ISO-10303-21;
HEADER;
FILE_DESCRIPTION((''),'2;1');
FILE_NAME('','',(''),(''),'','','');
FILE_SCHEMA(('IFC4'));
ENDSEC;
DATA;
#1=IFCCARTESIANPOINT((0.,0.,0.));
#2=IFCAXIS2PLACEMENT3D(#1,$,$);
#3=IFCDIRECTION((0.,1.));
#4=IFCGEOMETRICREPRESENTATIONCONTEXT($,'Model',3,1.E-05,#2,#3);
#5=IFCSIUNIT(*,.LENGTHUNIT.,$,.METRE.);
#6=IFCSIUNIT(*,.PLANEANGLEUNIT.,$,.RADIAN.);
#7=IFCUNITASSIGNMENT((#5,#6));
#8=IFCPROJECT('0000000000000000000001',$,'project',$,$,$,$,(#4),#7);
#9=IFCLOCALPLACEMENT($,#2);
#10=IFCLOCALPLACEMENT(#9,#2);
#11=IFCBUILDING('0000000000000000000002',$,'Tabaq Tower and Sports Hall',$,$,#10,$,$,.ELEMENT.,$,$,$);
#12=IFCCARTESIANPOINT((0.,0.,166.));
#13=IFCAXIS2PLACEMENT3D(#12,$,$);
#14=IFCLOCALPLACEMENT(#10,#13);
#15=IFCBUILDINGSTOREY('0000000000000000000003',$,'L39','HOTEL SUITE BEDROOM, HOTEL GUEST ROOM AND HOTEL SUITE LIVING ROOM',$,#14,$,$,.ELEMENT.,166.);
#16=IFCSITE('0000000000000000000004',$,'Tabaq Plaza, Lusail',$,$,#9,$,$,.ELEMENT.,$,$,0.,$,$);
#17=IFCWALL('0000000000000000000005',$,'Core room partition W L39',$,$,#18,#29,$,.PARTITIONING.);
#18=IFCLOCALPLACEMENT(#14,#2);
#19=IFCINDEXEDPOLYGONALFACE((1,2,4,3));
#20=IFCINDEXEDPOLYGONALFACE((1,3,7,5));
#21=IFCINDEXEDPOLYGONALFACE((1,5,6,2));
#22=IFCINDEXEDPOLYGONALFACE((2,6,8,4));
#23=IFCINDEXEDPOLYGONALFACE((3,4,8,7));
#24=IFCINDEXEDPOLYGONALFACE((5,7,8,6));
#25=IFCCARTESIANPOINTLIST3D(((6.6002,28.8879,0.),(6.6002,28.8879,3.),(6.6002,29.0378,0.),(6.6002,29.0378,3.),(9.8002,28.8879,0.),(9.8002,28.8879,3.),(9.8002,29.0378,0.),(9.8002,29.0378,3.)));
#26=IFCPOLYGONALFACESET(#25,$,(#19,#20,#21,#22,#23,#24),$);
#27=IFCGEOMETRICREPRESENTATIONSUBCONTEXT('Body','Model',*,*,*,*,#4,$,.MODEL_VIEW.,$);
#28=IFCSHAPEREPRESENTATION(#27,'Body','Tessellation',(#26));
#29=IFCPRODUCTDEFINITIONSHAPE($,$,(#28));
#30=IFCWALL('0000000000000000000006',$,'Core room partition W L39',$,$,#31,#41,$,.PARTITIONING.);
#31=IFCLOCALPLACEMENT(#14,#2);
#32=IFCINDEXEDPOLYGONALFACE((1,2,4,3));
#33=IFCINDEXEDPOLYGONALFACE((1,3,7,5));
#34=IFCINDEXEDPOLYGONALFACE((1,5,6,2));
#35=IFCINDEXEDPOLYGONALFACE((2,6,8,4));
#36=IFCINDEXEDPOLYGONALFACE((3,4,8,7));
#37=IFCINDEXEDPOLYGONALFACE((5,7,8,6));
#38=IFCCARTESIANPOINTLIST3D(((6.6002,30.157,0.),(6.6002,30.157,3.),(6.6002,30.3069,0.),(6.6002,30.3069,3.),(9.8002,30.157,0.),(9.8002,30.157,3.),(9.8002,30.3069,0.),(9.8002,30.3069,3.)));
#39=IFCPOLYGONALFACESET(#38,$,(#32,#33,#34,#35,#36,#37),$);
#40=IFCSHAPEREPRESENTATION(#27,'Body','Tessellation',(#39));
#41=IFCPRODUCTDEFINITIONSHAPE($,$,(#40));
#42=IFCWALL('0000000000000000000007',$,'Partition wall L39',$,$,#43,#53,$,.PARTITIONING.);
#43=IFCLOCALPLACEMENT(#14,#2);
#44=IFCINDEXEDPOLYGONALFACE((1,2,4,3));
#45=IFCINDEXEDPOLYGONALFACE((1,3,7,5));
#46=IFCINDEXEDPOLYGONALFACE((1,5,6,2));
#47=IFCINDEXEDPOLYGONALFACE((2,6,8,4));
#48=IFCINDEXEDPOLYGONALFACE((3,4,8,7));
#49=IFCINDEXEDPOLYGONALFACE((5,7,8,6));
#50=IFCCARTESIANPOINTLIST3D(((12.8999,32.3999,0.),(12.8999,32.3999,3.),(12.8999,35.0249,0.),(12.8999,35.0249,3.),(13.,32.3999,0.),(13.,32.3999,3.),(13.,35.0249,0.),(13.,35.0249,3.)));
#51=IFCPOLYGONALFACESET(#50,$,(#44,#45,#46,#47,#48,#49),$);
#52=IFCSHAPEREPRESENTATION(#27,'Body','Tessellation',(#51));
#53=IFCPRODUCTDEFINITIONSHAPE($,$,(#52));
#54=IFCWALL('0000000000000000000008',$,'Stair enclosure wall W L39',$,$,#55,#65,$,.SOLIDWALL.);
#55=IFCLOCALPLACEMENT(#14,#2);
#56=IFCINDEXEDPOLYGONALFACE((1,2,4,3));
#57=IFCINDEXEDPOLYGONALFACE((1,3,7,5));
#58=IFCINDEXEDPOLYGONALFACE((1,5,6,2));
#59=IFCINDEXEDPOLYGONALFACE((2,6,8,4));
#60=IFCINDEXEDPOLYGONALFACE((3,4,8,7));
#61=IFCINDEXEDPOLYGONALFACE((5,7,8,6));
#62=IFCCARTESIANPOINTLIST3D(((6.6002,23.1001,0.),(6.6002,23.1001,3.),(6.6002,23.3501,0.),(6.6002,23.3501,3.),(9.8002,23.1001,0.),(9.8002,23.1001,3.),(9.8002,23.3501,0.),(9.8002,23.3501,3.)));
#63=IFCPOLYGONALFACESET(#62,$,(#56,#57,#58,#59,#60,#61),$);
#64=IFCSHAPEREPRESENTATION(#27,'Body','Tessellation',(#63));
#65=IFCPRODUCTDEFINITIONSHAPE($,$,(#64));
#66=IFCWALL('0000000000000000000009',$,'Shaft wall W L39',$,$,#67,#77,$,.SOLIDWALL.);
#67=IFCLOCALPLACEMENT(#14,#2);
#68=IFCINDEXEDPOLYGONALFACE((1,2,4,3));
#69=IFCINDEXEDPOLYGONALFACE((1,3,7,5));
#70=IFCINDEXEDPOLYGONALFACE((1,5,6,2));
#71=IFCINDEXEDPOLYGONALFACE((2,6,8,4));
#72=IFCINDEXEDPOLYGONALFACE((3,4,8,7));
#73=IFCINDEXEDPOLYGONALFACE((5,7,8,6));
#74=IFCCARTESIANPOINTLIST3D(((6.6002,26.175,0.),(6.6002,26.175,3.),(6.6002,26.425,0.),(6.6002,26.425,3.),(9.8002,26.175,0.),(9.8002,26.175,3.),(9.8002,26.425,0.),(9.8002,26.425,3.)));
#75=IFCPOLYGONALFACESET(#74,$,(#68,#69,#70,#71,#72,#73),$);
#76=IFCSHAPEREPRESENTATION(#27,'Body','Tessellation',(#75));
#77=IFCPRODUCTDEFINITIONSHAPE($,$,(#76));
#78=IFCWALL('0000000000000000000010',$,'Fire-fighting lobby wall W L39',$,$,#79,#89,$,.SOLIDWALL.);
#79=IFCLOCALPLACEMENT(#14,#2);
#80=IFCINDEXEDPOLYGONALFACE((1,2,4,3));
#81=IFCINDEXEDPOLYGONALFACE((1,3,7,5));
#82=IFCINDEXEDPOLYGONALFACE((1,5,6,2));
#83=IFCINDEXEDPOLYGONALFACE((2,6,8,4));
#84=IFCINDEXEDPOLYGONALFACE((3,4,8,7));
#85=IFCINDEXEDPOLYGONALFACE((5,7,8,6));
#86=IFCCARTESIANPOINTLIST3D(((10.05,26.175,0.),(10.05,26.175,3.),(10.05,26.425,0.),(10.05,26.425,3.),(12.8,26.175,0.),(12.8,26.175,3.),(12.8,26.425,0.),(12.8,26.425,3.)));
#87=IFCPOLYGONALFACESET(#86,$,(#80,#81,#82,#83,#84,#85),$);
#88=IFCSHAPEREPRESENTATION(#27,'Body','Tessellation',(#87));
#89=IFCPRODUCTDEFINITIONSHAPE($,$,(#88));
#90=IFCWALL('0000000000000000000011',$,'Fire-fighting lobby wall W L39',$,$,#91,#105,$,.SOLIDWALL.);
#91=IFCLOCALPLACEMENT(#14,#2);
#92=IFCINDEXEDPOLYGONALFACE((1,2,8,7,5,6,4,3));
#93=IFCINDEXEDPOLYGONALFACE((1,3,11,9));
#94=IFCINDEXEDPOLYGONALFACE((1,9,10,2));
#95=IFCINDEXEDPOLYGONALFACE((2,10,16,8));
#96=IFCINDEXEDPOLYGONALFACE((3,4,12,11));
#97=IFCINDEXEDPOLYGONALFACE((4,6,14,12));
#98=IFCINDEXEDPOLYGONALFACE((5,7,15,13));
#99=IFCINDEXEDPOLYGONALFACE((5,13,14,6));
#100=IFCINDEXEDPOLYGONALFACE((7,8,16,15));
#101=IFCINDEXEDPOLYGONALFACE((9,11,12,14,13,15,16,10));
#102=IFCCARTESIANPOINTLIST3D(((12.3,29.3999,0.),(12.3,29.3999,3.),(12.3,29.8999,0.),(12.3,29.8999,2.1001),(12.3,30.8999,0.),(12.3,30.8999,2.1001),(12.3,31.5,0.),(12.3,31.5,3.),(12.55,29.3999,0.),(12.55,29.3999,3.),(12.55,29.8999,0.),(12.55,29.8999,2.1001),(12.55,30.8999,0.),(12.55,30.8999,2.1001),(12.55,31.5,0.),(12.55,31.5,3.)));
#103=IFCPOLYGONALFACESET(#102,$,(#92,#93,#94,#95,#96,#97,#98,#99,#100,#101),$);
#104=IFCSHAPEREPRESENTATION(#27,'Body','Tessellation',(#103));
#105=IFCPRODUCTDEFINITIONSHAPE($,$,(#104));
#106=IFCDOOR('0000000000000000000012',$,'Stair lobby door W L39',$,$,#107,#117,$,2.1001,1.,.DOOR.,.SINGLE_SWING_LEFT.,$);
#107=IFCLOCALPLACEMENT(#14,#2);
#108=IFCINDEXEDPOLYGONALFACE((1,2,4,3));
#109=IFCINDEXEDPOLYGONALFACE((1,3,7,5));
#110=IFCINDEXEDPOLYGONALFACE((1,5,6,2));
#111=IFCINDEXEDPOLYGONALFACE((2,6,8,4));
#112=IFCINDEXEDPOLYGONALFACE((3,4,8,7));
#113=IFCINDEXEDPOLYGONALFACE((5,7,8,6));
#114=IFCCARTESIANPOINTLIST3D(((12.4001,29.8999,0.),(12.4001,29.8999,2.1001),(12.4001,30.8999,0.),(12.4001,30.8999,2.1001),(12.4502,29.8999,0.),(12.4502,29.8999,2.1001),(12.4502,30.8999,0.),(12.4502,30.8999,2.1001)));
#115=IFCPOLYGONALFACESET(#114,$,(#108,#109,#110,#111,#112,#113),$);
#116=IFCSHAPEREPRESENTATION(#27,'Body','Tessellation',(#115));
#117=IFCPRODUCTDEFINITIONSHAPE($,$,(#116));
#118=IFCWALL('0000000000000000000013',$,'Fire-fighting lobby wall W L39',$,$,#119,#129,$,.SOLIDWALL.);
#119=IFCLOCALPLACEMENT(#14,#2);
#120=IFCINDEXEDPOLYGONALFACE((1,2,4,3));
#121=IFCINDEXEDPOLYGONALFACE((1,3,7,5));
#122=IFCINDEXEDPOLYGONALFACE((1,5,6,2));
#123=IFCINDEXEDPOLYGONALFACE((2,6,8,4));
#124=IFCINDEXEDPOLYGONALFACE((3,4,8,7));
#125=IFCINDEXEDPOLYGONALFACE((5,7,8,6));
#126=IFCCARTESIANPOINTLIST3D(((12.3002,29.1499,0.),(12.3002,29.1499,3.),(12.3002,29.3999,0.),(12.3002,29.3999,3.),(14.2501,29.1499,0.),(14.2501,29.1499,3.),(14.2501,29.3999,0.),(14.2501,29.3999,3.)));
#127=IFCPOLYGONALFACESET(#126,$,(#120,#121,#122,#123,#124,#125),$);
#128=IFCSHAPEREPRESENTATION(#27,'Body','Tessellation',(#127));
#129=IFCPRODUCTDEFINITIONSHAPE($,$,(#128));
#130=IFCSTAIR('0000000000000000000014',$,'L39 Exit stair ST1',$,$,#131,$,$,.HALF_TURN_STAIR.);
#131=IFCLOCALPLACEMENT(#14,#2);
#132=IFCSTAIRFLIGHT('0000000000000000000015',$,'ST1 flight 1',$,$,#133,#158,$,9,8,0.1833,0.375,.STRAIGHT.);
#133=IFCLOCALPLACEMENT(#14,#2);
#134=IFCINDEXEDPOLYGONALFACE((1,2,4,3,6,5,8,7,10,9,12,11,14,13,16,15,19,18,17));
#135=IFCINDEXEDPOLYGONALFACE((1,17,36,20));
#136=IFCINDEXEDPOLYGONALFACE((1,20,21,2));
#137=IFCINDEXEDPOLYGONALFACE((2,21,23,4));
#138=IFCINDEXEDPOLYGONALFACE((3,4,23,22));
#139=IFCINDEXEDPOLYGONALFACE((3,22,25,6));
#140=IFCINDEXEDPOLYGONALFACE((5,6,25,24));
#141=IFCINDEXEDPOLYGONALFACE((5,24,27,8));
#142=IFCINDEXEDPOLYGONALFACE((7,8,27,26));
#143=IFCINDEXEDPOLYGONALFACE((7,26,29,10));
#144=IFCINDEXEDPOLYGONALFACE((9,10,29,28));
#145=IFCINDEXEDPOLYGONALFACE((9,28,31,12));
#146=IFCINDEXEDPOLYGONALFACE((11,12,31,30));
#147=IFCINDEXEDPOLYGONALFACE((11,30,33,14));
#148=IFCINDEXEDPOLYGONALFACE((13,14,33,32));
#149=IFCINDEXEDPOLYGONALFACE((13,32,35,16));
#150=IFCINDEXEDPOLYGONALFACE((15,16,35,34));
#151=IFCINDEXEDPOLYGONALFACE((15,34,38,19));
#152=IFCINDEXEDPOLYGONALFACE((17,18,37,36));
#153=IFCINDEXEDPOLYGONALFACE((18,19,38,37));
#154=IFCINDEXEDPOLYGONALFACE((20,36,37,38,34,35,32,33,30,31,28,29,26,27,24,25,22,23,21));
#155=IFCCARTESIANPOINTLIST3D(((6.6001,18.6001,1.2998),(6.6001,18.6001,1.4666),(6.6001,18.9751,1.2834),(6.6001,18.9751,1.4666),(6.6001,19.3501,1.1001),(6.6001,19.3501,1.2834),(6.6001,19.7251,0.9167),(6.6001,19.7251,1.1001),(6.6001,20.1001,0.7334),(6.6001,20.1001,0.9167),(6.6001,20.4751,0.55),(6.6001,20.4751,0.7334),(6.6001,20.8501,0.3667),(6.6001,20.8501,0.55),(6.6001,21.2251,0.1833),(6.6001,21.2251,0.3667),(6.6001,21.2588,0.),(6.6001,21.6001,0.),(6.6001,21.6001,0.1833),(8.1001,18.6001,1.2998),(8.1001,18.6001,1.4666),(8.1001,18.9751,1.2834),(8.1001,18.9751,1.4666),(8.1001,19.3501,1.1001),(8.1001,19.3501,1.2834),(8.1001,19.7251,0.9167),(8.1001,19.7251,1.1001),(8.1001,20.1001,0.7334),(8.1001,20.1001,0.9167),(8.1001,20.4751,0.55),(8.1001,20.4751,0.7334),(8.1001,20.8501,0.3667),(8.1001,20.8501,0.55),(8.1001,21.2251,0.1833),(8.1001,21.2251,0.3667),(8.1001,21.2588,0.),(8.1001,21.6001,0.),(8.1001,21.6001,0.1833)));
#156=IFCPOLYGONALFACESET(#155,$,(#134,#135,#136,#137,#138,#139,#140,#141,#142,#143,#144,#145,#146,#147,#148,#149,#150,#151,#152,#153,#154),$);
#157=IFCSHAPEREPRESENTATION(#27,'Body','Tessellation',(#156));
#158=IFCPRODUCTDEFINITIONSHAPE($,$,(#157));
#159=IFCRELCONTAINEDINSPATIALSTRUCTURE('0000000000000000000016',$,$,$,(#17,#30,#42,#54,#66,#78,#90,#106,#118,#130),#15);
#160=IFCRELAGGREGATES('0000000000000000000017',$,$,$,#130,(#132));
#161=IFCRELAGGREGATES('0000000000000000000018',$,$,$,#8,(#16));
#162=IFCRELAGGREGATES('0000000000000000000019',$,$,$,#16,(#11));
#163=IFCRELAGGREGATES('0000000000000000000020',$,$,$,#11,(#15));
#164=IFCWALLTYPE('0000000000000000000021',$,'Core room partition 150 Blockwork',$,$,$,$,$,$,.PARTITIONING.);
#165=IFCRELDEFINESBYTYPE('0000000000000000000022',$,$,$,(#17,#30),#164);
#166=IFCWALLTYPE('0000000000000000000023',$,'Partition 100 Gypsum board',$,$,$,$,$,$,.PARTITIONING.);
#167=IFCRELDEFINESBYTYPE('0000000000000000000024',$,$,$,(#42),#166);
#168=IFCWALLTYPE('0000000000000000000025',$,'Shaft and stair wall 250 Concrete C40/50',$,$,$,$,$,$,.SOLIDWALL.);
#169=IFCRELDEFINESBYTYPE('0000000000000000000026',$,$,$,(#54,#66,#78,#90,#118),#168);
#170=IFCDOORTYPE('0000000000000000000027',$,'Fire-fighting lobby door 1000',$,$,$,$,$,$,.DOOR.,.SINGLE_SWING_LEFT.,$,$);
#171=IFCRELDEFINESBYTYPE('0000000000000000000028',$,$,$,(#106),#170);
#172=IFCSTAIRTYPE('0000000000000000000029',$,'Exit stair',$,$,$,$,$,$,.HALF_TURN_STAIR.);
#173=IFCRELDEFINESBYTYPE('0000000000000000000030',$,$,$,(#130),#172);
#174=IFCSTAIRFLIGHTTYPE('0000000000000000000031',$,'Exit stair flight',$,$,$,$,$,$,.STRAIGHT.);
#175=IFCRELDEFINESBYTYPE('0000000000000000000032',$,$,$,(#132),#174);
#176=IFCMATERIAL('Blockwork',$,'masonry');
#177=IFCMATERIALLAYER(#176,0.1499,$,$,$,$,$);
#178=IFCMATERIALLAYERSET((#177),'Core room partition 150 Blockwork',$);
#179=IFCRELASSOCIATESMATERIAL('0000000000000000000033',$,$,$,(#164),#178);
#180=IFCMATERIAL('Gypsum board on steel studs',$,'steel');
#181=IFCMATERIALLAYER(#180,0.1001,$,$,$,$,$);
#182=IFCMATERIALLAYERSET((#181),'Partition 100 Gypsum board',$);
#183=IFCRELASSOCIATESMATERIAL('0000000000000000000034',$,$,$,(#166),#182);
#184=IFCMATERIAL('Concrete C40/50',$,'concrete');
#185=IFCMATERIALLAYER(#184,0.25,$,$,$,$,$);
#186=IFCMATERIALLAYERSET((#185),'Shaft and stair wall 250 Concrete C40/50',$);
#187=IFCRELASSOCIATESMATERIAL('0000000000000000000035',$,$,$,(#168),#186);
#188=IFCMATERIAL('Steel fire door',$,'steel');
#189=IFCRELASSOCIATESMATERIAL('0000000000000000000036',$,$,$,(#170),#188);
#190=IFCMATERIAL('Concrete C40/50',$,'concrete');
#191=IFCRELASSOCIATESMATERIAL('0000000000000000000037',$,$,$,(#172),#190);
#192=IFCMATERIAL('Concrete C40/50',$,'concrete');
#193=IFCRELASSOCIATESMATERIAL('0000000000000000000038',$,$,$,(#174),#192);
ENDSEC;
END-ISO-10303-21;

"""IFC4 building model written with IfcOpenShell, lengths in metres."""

from ifc_helpers import new_model, si_unit, direction, frame, frame_2d, origin, place, context, subcontext, project, spatial, polyline, rectangle, outline, extrude, material, layer, layer_set, type_object, element, fill, aggregate, save


model = new_model("IFC4")

# Units and contexts
model_context = context("Model", 3, precision=1e-05, world=origin(), true_north=direction((0.0, 1.0)))
body_context = subcontext(model_context, "Body", "Model", "MODEL_VIEW")
ifc_project = project(units=[si_unit("LENGTHUNIT", "METRE"), si_unit("PLANEANGLEUNIT", "RADIAN")], contexts=[model_context])

# Site, building, storey
site_placement = place(None, origin())
site = spatial("IfcSite", under=ifc_project, at=site_placement, Name="Tabaq Plaza, Lusail", CompositionType="ELEMENT", RefElevation=0.0)
building_placement = place(site_placement, origin())
building = spatial("IfcBuilding", under=site, at=building_placement, Name="Tabaq Tower and Sports Hall", CompositionType="ELEMENT")
storey_placement = place(building_placement, frame((0.0, 0.0, 166.0)))
storey = spatial("IfcBuildingStorey", under=building, at=storey_placement, Name="L39", Description="HOTEL SUITE BEDROOM, HOTEL GUEST ROOM AND HOTEL SUITE LIVING ROOM", CompositionType="ELEMENT", Elevation=166.0)

# Walls
ifc_material_1 = material(Name="Blockwork", Category="masonry")
ifc_layer_1 = layer(ifc_material_1, 0.1499)
ifc_layer_set_1 = layer_set([ifc_layer_1], Name="Core room partition 150 Blockwork")
wall_type_1 = type_object("IfcWallType", Name="Core room partition 150 Blockwork", PredefinedType="PARTITIONING", material=ifc_layer_set_1)
for number, where, z_axis, x_axis, name in (
    (1, (6.6001, 28.9629, 0.0), (0.0, 0.0, 1.0), (1.0, 0.0, 0.0), "Core room partition W L39"),
    (2, (6.6001, 30.2319, 0.0), (0.0, 0.0, 1.0), (1.0, 0.0, 0.0), "Core room partition W L39"),
):
    element("IfcWall", number, at=place(storey_placement, frame(where, z_axis=z_axis, x_axis=x_axis)), inside=storey, type_object=wall_type_1, Name=name, PredefinedType="PARTITIONING", context=body_context, shape_type="SweptSolid", body=[
        extrude(rectangle(XDim=3.2, YDim=0.1499, at=frame_2d((1.6001, 0.0))), origin(), (0.0, 0.0, 1.0), 3.0),
    ])

# Walls
ifc_material_2 = material(Name="Gypsum board on steel studs", Category="steel")
ifc_layer_2 = layer(ifc_material_2, 0.1001)
ifc_layer_set_2 = layer_set([ifc_layer_2], Name="Partition 100 Gypsum board")
wall_type_2 = type_object("IfcWallType", Name="Partition 100 Gypsum board", PredefinedType="PARTITIONING", material=ifc_layer_set_2)
wall_1_placement = place(storey_placement, frame((12.95, 32.3999, 0.0), z_axis=(0.0, 0.0, 1.0), x_axis=(0.0, 1.0, 0.0)))
element("IfcWall", 3, at=wall_1_placement, inside=storey, type_object=wall_type_2, Name="Partition wall L39", PredefinedType="PARTITIONING", context=body_context, shape_type="SweptSolid", body=[
    extrude(rectangle(XDim=2.625, YDim=0.1001, at=frame_2d((1.3125, 0.0))), origin(), (0.0, 0.0, 1.0), 3.0),
])
ifc_material_3 = material(Name="Concrete C40/50", Category="concrete")
ifc_layer_3 = layer(ifc_material_3, 0.25)
ifc_layer_set_3 = layer_set([ifc_layer_3], Name="Shaft and stair wall 250 Concrete C40/50")
wall_type_3 = type_object("IfcWallType", Name="Shaft and stair wall 250 Concrete C40/50", PredefinedType="SOLIDWALL", material=ifc_layer_set_3)
for number, where, z_axis, x_axis, name in (
    (4, (6.6001, 23.2251, 0.0), (0.0, 0.0, 1.0), (1.0, 0.0, 0.0), "Stair enclosure wall W L39"),
    (5, (6.6001, 26.3, 0.0), (0.0, 0.0, 1.0), (1.0, 0.0, 0.0), "Shaft wall W L39"),
):
    element("IfcWall", number, at=place(storey_placement, frame(where, z_axis=z_axis, x_axis=x_axis)), inside=storey, type_object=wall_type_3, Name=name, PredefinedType="SOLIDWALL", context=body_context, shape_type="SweptSolid", body=[
        extrude(rectangle(XDim=3.2, YDim=0.25, at=frame_2d((1.6001, 0.0))), origin(), (0.0, 0.0, 1.0), 3.0),
    ])
wall_2_placement = place(storey_placement, frame((10.05, 26.3, 0.0), z_axis=(0.0, 0.0, 1.0), x_axis=(1.0, 0.0, 0.0)))
element("IfcWall", 6, at=wall_2_placement, inside=storey, type_object=wall_type_3, Name="Fire-fighting lobby wall W L39", PredefinedType="SOLIDWALL", context=body_context, shape_type="SweptSolid", body=[
    extrude(rectangle(XDim=2.75, YDim=0.25, at=frame_2d((1.375, 0.0))), origin(), (0.0, 0.0, 1.0), 3.0),
])

# Wall, opening, door
wall_3_placement = place(storey_placement, frame((12.425, 29.3999, 0.0), z_axis=(0.0, 0.0, 1.0), x_axis=(0.0, 1.0, 0.0)))
wall_3 = element("IfcWall", 7, at=wall_3_placement, inside=storey, type_object=wall_type_3, Name="Fire-fighting lobby wall W L39", PredefinedType="SOLIDWALL", context=body_context, shape_type="SweptSolid", body=[
    extrude(rectangle(XDim=2.1001, YDim=0.25, at=frame_2d((1.05, 0.0))), origin(), (0.0, 0.0, 1.0), 3.0),
])
opening_1_placement = place(wall_3_placement, frame((0.5, 0.0, 0.0)))
opening_1 = element("IfcOpeningElement", 8, at=opening_1_placement, cuts=wall_3, PredefinedType="OPENING", context=body_context, shape_type="SweptSolid", body=[
    extrude(rectangle(XDim=1.0, YDim=2.1001, at=frame_2d((0.5, 1.05))), frame((0.0, 0.125, 0.0), z_axis=(0.0, -1.0, 0.0), x_axis=(1.0, 0.0, 0.0)), (0.0, 0.0, 1.0), 0.25),
])
ifc_material_4 = material(Name="Steel fire door", Category="steel")
door_type_1 = type_object("IfcDoorType", Name="Fire-fighting lobby door 1000", OperationType="SINGLE_SWING_LEFT", PredefinedType="DOOR", material=ifc_material_4)
door_1_placement = place(opening_1_placement, origin())
door_1 = element("IfcDoor", 9, at=door_1_placement, inside=storey, type_object=door_type_1, Name="Stair lobby door W L39", OperationType="SINGLE_SWING_LEFT", OverallHeight=2.1001, OverallWidth=1.0, PredefinedType="DOOR", context=body_context, shape_type="SweptSolid", body=[
    extrude(rectangle(XDim=1.0, YDim=2.1001, at=frame_2d((0.5, 1.05))), frame((0.0, 0.0249, 0.0), z_axis=(0.0, -1.0, 0.0), x_axis=(1.0, 0.0, 0.0)), (0.0, 0.0, 1.0), 0.05),
])
fill(opening_1, door_1)

# Wall
wall_4_placement = place(storey_placement, frame((12.3, 29.2749, 0.0), z_axis=(0.0, 0.0, 1.0), x_axis=(1.0, 0.0, 0.0)))
element("IfcWall", 10, at=wall_4_placement, inside=storey, type_object=wall_type_3, Name="Fire-fighting lobby wall W L39", PredefinedType="SOLIDWALL", context=body_context, shape_type="SweptSolid", body=[
    extrude(rectangle(XDim=1.95, YDim=0.25, at=frame_2d((0.9751, 0.0))), origin(), (0.0, 0.0, 1.0), 3.0),
])

# Stair, stair flight
ifc_material_5 = material(Name="Concrete C40/50", Category="concrete")
stair_type = type_object("IfcStairType", Name="Exit stair", PredefinedType="HALF_TURN_STAIR", material=ifc_material_5)
stair_placement = place(storey_placement, origin())
stair = element("IfcStair", 11, at=stair_placement, inside=storey, type_object=stair_type, Name="L39 Exit stair ST1", PredefinedType="HALF_TURN_STAIR")
ifc_material_6 = material(Name="Concrete C40/50", Category="concrete")
stair_flight_type = type_object("IfcStairFlightType", Name="Exit stair flight", PredefinedType="STRAIGHT", material=ifc_material_6)
stair_flight_placement = place(storey_placement, frame((7.3501, 21.6001, 0.0), z_axis=(0.0, 0.0, 1.0), x_axis=(0.0, -1.0, 0.0)))
stair_flight = element("IfcStairFlight", 12, at=stair_flight_placement, type_object=stair_flight_type, Name="ST1 flight 1", NumberOfRisers=9, NumberOfTreads=8, PredefinedType="STRAIGHT", RiserHeight=0.1833, TreadLength=0.375, context=body_context, shape_type="SweptSolid", body=[
    extrude(outline(polyline([(0.0, 0.0), (0.0, 0.1833), (0.375, 0.1833), (0.375, 0.3667), (0.75, 0.3667), (0.75, 0.55), (1.125, 0.55), (1.125, 0.7334), (1.5, 0.7334), (1.5, 0.9167), (1.875, 0.9167), (1.875, 1.1001), (2.25, 1.1001), (2.25, 1.2834), (2.625, 1.2834), (2.625, 1.4666), (3.0, 1.4666), (3.0, 1.6499), (3.0, 1.2998), (0.3413, 0.0), (0.0, 0.0)])), frame((0.0, 0.75, 0.0), z_axis=(0.0, -1.0, 0.0), x_axis=(1.0, 0.0, 0.0)), (0.0, 0.0, 1.0), 1.5),
])
aggregate(stair, [stair_flight])

save(model, "model.ifc")
